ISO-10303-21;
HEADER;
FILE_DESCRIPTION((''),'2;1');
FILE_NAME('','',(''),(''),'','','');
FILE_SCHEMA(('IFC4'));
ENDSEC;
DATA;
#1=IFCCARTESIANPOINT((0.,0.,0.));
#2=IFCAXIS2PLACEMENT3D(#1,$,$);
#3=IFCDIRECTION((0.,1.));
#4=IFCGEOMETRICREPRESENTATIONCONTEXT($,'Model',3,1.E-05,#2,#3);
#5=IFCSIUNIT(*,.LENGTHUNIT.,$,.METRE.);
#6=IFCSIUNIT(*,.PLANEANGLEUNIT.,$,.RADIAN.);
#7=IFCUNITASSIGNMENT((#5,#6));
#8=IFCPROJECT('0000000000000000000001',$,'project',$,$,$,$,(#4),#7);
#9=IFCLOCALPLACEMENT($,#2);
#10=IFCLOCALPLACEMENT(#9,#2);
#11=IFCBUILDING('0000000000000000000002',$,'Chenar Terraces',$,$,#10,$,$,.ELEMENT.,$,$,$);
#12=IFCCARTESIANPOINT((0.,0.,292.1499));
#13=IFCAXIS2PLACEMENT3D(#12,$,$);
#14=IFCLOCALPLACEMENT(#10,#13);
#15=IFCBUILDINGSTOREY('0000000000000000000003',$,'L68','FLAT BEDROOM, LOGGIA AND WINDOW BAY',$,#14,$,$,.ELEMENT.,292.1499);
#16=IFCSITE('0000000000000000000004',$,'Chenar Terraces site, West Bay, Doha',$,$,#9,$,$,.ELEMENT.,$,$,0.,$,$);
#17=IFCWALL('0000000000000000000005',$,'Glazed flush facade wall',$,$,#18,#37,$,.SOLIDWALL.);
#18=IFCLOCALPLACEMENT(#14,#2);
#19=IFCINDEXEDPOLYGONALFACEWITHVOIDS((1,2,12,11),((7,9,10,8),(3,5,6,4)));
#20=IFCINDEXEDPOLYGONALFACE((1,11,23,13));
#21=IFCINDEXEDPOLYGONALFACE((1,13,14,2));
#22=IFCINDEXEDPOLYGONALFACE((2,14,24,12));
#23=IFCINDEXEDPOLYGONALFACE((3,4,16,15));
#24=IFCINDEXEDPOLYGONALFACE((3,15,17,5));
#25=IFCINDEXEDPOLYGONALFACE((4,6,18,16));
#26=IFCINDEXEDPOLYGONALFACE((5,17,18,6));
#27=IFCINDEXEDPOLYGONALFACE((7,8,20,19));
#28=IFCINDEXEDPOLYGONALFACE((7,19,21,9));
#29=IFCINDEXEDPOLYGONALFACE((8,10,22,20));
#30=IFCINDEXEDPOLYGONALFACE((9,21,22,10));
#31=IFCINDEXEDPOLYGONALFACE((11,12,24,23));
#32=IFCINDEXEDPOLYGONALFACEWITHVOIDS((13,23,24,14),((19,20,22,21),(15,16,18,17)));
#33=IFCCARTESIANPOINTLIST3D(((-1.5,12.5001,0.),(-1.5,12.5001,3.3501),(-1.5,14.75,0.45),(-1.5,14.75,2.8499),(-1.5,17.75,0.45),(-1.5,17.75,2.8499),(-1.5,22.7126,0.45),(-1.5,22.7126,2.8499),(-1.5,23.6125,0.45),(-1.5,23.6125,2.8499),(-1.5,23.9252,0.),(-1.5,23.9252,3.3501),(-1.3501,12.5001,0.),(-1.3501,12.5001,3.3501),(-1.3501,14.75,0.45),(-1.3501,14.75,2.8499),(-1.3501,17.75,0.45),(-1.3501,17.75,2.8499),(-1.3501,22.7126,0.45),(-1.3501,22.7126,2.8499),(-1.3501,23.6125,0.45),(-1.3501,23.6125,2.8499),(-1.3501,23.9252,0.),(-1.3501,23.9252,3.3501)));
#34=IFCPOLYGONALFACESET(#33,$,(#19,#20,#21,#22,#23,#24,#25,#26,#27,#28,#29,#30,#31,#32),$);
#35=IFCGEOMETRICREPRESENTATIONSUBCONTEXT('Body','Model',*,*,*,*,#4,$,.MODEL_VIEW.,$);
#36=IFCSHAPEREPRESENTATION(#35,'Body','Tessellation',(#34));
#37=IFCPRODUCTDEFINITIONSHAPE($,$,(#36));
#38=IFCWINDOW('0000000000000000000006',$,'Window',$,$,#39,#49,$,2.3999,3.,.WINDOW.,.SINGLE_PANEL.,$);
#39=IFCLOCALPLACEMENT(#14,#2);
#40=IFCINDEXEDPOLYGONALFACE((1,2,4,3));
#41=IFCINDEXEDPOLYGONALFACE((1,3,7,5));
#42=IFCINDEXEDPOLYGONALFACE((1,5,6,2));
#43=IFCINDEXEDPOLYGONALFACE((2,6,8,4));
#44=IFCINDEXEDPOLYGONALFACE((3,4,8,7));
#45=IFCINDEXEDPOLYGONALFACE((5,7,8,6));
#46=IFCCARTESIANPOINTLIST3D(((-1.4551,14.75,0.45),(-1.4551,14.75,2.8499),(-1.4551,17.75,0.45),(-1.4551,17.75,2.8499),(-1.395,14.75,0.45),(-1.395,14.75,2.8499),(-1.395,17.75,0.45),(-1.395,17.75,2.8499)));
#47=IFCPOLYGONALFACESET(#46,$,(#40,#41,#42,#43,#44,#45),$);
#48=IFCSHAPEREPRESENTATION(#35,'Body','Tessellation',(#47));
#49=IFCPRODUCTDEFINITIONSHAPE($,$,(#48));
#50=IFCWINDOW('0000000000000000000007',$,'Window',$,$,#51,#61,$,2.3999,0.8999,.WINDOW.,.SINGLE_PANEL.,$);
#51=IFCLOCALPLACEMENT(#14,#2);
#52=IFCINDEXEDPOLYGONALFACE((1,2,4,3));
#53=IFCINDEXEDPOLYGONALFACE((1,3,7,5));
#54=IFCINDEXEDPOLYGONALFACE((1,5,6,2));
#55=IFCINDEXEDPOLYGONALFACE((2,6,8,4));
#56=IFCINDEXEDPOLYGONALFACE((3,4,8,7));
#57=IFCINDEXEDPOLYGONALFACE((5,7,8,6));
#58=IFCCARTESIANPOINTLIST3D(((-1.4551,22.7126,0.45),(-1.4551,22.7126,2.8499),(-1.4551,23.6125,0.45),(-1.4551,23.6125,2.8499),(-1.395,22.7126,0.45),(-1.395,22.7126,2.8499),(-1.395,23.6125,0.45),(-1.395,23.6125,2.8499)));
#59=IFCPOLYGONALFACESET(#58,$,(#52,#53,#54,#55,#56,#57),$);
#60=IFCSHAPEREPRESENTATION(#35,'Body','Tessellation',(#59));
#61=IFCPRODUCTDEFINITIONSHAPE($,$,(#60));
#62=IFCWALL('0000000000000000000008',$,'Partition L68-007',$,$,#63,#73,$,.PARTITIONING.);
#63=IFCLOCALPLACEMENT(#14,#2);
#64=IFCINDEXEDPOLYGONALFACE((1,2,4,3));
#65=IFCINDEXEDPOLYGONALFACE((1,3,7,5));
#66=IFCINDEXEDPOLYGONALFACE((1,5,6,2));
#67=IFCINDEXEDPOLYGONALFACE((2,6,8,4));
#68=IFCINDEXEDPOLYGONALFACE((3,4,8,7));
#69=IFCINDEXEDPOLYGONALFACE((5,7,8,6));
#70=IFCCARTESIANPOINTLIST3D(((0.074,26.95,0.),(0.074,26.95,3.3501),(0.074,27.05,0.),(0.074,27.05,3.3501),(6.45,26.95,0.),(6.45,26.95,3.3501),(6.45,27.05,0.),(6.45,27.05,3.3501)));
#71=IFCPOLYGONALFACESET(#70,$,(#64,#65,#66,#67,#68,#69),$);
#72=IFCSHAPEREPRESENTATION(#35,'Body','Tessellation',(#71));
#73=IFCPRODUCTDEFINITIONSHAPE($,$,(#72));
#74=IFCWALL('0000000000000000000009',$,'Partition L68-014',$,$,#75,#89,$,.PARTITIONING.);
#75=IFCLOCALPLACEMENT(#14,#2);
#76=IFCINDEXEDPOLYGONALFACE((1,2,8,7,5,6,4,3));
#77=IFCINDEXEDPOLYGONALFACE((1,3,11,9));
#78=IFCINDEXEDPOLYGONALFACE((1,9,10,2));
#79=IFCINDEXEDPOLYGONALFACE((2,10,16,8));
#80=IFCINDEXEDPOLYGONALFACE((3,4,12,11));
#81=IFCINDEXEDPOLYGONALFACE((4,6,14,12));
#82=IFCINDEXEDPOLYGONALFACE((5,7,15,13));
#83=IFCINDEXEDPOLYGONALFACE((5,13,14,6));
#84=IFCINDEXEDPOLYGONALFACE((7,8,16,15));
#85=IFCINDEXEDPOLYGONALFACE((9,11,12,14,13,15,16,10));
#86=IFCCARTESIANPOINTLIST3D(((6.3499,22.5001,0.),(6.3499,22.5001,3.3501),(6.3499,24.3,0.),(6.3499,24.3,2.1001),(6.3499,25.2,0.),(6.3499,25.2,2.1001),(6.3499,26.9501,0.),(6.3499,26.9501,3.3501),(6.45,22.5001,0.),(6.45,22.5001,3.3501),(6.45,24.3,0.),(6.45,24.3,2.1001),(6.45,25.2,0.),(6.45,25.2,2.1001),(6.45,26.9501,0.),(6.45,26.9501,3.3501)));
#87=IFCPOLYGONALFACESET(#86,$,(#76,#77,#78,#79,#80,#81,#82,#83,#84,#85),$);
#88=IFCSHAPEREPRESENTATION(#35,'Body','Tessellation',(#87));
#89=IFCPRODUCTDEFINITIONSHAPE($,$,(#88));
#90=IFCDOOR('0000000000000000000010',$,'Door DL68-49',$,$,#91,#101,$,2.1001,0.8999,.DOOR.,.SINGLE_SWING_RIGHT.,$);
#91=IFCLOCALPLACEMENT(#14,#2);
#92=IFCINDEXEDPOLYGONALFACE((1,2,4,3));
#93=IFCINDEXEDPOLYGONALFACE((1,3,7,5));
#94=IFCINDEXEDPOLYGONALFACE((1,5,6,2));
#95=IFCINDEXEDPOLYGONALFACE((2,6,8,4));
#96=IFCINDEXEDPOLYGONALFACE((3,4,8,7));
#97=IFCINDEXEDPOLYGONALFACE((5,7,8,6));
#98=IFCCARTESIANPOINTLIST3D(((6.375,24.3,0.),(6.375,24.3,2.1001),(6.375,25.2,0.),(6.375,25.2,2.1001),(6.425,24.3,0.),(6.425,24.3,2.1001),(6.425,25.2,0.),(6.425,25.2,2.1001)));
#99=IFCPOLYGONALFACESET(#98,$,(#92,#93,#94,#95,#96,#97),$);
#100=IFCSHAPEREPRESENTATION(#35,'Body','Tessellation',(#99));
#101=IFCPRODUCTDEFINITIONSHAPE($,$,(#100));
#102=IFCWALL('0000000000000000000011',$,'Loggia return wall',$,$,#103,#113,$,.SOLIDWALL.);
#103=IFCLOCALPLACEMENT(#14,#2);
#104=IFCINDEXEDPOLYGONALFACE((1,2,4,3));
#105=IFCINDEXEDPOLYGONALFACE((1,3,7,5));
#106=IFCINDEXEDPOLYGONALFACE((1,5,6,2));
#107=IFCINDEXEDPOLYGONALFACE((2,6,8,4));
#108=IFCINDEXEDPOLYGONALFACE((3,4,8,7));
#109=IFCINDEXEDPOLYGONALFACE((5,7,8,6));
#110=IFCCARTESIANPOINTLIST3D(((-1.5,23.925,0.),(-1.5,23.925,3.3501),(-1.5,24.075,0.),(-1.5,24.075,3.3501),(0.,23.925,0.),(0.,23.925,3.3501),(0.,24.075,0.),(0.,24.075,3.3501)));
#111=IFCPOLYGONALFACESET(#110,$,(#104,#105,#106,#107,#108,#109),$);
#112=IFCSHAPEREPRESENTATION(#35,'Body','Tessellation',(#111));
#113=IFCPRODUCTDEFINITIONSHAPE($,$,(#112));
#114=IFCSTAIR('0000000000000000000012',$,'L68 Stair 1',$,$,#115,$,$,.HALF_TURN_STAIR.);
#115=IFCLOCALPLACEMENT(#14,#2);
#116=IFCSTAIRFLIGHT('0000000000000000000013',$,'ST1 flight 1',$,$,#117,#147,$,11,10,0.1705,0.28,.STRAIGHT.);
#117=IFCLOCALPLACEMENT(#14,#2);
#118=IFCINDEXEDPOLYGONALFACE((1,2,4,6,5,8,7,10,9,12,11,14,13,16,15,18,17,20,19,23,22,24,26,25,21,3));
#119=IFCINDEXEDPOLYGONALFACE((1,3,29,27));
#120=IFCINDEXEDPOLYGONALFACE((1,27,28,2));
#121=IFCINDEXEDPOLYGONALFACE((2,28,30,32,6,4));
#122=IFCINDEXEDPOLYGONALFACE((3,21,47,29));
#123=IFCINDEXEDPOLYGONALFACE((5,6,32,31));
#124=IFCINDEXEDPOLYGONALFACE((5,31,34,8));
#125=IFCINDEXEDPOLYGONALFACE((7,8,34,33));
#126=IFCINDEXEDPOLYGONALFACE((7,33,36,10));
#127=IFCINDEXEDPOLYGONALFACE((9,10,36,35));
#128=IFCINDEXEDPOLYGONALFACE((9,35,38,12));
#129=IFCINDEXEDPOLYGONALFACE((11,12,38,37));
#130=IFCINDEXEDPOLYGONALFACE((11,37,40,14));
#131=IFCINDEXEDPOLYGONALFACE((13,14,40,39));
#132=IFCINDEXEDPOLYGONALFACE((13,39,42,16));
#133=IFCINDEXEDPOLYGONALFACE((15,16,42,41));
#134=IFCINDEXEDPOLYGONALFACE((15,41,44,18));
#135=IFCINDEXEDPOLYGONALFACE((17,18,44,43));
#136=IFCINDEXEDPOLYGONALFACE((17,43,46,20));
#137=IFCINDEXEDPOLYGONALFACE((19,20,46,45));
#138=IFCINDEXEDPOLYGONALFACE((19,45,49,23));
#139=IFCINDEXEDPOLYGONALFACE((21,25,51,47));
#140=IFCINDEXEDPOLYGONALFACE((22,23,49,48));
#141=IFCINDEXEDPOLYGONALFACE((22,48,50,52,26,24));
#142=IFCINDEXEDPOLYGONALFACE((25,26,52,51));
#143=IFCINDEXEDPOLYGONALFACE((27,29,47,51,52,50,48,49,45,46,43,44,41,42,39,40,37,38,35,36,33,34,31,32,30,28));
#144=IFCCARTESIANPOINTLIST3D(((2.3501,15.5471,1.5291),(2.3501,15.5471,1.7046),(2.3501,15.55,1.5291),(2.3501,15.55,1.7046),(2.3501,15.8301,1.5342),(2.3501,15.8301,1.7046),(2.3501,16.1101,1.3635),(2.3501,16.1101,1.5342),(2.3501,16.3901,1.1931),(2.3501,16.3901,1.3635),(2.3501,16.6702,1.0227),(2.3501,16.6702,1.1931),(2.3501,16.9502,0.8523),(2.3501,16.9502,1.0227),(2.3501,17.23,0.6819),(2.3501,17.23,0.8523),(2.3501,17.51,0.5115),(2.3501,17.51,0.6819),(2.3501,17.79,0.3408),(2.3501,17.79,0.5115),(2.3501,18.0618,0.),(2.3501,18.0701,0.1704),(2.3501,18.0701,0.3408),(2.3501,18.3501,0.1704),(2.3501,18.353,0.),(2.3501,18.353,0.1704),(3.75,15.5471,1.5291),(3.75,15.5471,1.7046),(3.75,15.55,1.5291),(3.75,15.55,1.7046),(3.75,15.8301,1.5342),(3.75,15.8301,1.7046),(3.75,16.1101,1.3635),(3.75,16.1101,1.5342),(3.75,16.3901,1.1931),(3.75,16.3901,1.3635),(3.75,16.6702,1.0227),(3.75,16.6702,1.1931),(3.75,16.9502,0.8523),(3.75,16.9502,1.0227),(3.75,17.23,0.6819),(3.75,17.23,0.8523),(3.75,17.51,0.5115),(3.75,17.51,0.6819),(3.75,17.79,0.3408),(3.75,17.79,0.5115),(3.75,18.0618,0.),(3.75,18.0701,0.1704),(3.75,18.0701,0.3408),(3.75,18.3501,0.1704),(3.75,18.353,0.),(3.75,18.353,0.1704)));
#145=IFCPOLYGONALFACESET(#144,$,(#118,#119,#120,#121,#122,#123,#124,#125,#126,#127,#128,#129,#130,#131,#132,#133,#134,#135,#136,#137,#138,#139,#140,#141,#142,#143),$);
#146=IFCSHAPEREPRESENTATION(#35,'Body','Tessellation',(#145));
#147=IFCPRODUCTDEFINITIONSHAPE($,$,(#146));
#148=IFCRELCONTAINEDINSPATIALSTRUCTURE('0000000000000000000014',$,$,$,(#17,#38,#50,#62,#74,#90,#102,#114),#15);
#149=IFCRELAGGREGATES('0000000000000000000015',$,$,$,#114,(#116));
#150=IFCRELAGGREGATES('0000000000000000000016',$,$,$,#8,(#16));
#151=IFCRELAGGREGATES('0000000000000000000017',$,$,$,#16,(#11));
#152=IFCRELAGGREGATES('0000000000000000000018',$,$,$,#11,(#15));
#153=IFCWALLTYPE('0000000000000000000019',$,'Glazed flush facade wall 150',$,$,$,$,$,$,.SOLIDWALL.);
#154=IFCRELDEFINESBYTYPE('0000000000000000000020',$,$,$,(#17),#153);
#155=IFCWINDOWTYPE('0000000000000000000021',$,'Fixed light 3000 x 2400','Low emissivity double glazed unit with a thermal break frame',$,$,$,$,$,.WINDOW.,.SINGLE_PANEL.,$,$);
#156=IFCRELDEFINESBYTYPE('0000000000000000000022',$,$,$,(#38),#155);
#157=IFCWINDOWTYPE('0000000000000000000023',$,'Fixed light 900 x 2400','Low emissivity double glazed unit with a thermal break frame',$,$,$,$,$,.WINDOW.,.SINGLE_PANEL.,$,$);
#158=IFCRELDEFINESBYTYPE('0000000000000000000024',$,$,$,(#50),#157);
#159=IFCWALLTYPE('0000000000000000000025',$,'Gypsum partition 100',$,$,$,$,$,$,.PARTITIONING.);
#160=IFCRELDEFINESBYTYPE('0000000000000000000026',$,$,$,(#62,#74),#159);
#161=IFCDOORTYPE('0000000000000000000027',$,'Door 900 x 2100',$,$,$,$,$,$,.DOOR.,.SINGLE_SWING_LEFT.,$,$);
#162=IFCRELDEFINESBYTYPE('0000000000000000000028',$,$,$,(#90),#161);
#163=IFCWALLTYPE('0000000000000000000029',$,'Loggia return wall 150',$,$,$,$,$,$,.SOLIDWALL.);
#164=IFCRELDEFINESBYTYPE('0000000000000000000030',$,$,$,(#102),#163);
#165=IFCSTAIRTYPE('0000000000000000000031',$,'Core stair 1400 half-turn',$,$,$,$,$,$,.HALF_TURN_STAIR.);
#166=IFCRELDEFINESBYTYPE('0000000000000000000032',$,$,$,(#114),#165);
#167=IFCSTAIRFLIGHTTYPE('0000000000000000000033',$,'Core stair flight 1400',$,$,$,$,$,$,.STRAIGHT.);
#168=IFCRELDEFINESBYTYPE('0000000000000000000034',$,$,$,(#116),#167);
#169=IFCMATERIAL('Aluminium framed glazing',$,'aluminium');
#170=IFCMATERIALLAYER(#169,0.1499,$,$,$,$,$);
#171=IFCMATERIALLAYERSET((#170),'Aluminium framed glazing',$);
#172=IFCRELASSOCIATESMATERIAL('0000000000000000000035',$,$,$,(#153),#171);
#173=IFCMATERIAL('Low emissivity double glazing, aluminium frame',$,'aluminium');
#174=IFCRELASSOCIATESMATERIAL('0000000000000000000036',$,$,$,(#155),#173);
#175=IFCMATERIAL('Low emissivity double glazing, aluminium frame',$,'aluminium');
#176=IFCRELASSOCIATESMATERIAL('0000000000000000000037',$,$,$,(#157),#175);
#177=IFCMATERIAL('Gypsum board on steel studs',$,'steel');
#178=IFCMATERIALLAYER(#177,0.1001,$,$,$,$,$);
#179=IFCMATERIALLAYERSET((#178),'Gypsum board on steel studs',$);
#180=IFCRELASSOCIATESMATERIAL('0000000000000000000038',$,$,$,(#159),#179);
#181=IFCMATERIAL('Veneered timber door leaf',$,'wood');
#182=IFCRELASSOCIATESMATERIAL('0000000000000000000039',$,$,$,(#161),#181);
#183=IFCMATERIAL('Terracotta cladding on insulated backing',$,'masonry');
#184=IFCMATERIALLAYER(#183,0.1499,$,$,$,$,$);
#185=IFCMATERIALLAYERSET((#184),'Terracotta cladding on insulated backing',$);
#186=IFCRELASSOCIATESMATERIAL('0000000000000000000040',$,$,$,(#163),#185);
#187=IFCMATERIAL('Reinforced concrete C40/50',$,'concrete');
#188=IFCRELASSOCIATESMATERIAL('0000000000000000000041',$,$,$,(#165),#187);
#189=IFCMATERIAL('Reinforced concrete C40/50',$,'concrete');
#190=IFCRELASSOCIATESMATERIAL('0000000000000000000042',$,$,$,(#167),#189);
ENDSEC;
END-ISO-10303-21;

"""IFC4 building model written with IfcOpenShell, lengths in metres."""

from ifc_helpers import new_model, si_unit, direction, frame, frame_2d, origin, place, context, subcontext, project, spatial, polyline, rectangle, outline, extrude, material, layer, layer_set, type_object, element, fill, aggregate, save


model = new_model("IFC4")

# Units and contexts
model_context = context("Model", 3, precision=1e-05, world=origin(), true_north=direction((0.0, 1.0)))
body_context = subcontext(model_context, "Body", "Model", "MODEL_VIEW")
ifc_project = project(units=[si_unit("LENGTHUNIT", "METRE"), si_unit("PLANEANGLEUNIT", "RADIAN")], contexts=[model_context])

# Site, building, storey
site_placement = place(None, origin())
site = spatial("IfcSite", under=ifc_project, at=site_placement, Name="Chenar Terraces site, West Bay, Doha", CompositionType="ELEMENT", RefElevation=0.0)
building_placement = place(site_placement, origin())
building = spatial("IfcBuilding", under=site, at=building_placement, Name="Chenar Terraces", CompositionType="ELEMENT")
storey_placement = place(building_placement, frame((0.0, 0.0, 292.1499)))
storey = spatial("IfcBuildingStorey", under=building, at=storey_placement, Name="L68", Description="FLAT BEDROOM, LOGGIA AND WINDOW BAY", CompositionType="ELEMENT", Elevation=292.1499)

# Wall, openings, windows
ifc_material_1 = material(Name="Aluminium framed glazing", Category="aluminium")
ifc_layer_1 = layer(ifc_material_1, 0.1499)
ifc_layer_set_1 = layer_set([ifc_layer_1], Name="Aluminium framed glazing")
wall_type_1 = type_object("IfcWallType", Name="Glazed flush facade wall 150", PredefinedType="SOLIDWALL", material=ifc_layer_set_1)
wall_1_placement = place(storey_placement, frame((-1.425, 23.925, 0.0), z_axis=(0.0, 0.0, 1.0), x_axis=(0.0, -1.0, 0.0)))
wall_1 = element("IfcWall", 1, at=wall_1_placement, inside=storey, type_object=wall_type_1, Name="Glazed flush facade wall", PredefinedType="SOLIDWALL", context=body_context, shape_type="SweptSolid", body=[
    extrude(rectangle(XDim=11.425, YDim=0.1499, at=frame_2d((5.7124, 0.0))), origin(), (0.0, 0.0, 1.0), 3.3501),
])
opening_1_placement = place(wall_1_placement, frame((0.3125, 0.0, 0.45)))
opening_1 = element("IfcOpeningElement", 2, at=opening_1_placement, cuts=wall_1, PredefinedType="OPENING", context=body_context, shape_type="SweptSolid", body=[
    extrude(rectangle(XDim=0.8999, YDim=2.3999, at=frame_2d((0.45, 1.2))), frame((0.0, 0.085, 0.0), z_axis=(0.0, -1.0, 0.0), x_axis=(1.0, 0.0, 0.0)), (0.0, 0.0, 1.0), 0.1699),
])
opening_2_placement = place(wall_1_placement, frame((6.175, 0.0, 0.45)))
opening_2 = element("IfcOpeningElement", 3, at=opening_2_placement, cuts=wall_1, PredefinedType="OPENING", context=body_context, shape_type="SweptSolid", body=[
    extrude(rectangle(XDim=3.0, YDim=2.3999, at=frame_2d((1.5, 1.2))), frame((0.0, 0.085, 0.0), z_axis=(0.0, -1.0, 0.0), x_axis=(1.0, 0.0, 0.0)), (0.0, 0.0, 1.0), 0.1699),
])
ifc_material_2 = material(Name="Low emissivity double glazing, aluminium frame", Category="aluminium")
window_type_1 = type_object("IfcWindowType", Name="Fixed light 3000 x 2400", Description="Low emissivity double glazed unit with a thermal break frame", PartitioningType="SINGLE_PANEL", PredefinedType="WINDOW", material=ifc_material_2)
window_1_placement = place(opening_2_placement, origin())
window_1 = element("IfcWindow", 4, at=window_1_placement, inside=storey, type_object=window_type_1, Name="Window", OverallHeight=2.3999, OverallWidth=3.0, PartitioningType="SINGLE_PANEL", PredefinedType="WINDOW", context=body_context, shape_type="SweptSolid", body=[
    extrude(rectangle(XDim=3.0, YDim=2.3999, at=frame_2d((1.5, 1.2))), frame((0.0, 0.03, 0.0), z_axis=(0.0, -1.0, 0.0), x_axis=(1.0, 0.0, 0.0)), (0.0, 0.0, 1.0), 0.0601),
])
fill(opening_2, window_1)
ifc_material_3 = material(Name="Low emissivity double glazing, aluminium frame", Category="aluminium")
window_type_2 = type_object("IfcWindowType", Name="Fixed light 900 x 2400", Description="Low emissivity double glazed unit with a thermal break frame", PartitioningType="SINGLE_PANEL", PredefinedType="WINDOW", material=ifc_material_3)
window_2_placement = place(opening_1_placement, origin())
window_2 = element("IfcWindow", 5, at=window_2_placement, inside=storey, type_object=window_type_2, Name="Window", OverallHeight=2.3999, OverallWidth=0.8999, PartitioningType="SINGLE_PANEL", PredefinedType="WINDOW", context=body_context, shape_type="SweptSolid", body=[
    extrude(rectangle(XDim=0.8999, YDim=2.3999, at=frame_2d((0.45, 1.2))), frame((0.0, 0.03, 0.0), z_axis=(0.0, -1.0, 0.0), x_axis=(1.0, 0.0, 0.0)), (0.0, 0.0, 1.0), 0.0601),
])
fill(opening_1, window_2)

# Wall
ifc_material_4 = material(Name="Gypsum board on steel studs", Category="steel")
ifc_layer_2 = layer(ifc_material_4, 0.1001)
ifc_layer_set_2 = layer_set([ifc_layer_2], Name="Gypsum board on steel studs")
wall_type_2 = type_object("IfcWallType", Name="Gypsum partition 100", PredefinedType="PARTITIONING", material=ifc_layer_set_2)
wall_2_placement = place(storey_placement, frame((0.074, 27.0, 0.0), z_axis=(0.0, 0.0, 1.0), x_axis=(1.0, 0.0, 0.0)))
element("IfcWall", 6, at=wall_2_placement, inside=storey, type_object=wall_type_2, Name="Partition L68-007", PredefinedType="PARTITIONING", context=body_context, shape_type="SweptSolid", body=[
    extrude(rectangle(XDim=6.376, YDim=0.1001, at=frame_2d((3.188, 0.0))), origin(), (0.0, 0.0, 1.0), 3.3501),
])

# Wall, opening, door
wall_3_placement = place(storey_placement, frame((6.3999, 22.5, 0.0), z_axis=(0.0, 0.0, 1.0), x_axis=(0.0, 1.0, 0.0)))
wall_3 = element("IfcWall", 7, at=wall_3_placement, inside=storey, type_object=wall_type_2, Name="Partition L68-014", PredefinedType="PARTITIONING", context=body_context, shape_type="SweptSolid", body=[
    extrude(rectangle(XDim=4.45, YDim=0.1001, at=frame_2d((2.2251, 0.0))), origin(), (0.0, 0.0, 1.0), 3.3501),
])
opening_3_placement = place(wall_3_placement, frame((1.8, 0.0, 0.0)))
opening_3 = element("IfcOpeningElement", 8, at=opening_3_placement, cuts=wall_3, PredefinedType="OPENING", context=body_context, shape_type="SweptSolid", body=[
    extrude(rectangle(XDim=0.8999, YDim=2.1001, at=frame_2d((0.45, 1.05))), frame((0.0, 0.0601, 0.0), z_axis=(0.0, -1.0, 0.0), x_axis=(1.0, 0.0, 0.0)), (0.0, 0.0, 1.0), 0.1201),
])
ifc_material_5 = material(Name="Veneered timber door leaf", Category="wood")
door_type_1 = type_object("IfcDoorType", Name="Door 900 x 2100", OperationType="SINGLE_SWING_LEFT", PredefinedType="DOOR", material=ifc_material_5)
door_1_placement = place(opening_3_placement, origin())
door_1 = element("IfcDoor", 9, at=door_1_placement, inside=storey, type_object=door_type_1, Name="Door DL68-49", OperationType="SINGLE_SWING_RIGHT", OverallHeight=2.1001, OverallWidth=0.8999, PredefinedType="DOOR", context=body_context, shape_type="SweptSolid", body=[
    extrude(rectangle(XDim=0.8999, YDim=2.1001, at=frame_2d((0.45, 1.05))), frame((0.0, 0.0249, 0.0), z_axis=(0.0, -1.0, 0.0), x_axis=(1.0, 0.0, 0.0)), (0.0, 0.0, 1.0), 0.05),
])
fill(opening_3, door_1)

# Wall
ifc_material_6 = material(Name="Terracotta cladding on insulated backing", Category="masonry")
ifc_layer_3 = layer(ifc_material_6, 0.1499)
ifc_layer_set_3 = layer_set([ifc_layer_3], Name="Terracotta cladding on insulated backing")
wall_type_3 = type_object("IfcWallType", Name="Loggia return wall 150", PredefinedType="SOLIDWALL", material=ifc_layer_set_3)
wall_4_placement = place(storey_placement, frame((-1.5, 24.0, 0.0), z_axis=(0.0, 0.0, 1.0), x_axis=(1.0, 0.0, 0.0)))
element("IfcWall", 10, at=wall_4_placement, inside=storey, type_object=wall_type_3, Name="Loggia return wall", PredefinedType="SOLIDWALL", context=body_context, shape_type="SweptSolid", body=[
    extrude(rectangle(XDim=1.5, YDim=0.1499, at=frame_2d((0.75, 0.0))), origin(), (0.0, 0.0, 1.0), 3.3501),
])

# Stair, stair flight
ifc_material_7 = material(Name="Reinforced concrete C40/50", Category="concrete")
stair_type = type_object("IfcStairType", Name="Core stair 1400 half-turn", PredefinedType="HALF_TURN_STAIR", material=ifc_material_7)
stair_placement = place(storey_placement, origin())
stair = element("IfcStair", 11, at=stair_placement, inside=storey, type_object=stair_type, Name="L68 Stair 1", PredefinedType="HALF_TURN_STAIR")
ifc_material_8 = material(Name="Reinforced concrete C40/50", Category="concrete")
stair_flight_type = type_object("IfcStairFlightType", Name="Core stair flight 1400", PredefinedType="STRAIGHT", material=ifc_material_8)
stair_flight_1_placement = place(storey_placement, frame((3.05, 18.3501, 0.0), z_axis=(0.0, 0.0, 1.0), x_axis=(0.0, -1.0, 0.0)))
stair_flight_1 = element("IfcStairFlight", 12, at=stair_flight_1_placement, type_object=stair_flight_type, Name="ST1 flight 1", NumberOfRisers=11, NumberOfTreads=10, PredefinedType="STRAIGHT", RiserHeight=0.1705, TreadLength=0.28, context=body_context, shape_type="SweptSolid", body=[
    extrude(outline(polyline([(-0.0029, 0.0), (-0.0029, 0.1704), (0.0, 0.1704), (0.28, 0.1704), (0.28, 0.3408), (0.5601, 0.3408), (0.5601, 0.5115), (0.8401, 0.5115), (0.8401, 0.6819), (1.1201, 0.6819), (1.1201, 0.8523), (1.3999, 0.8523), (1.3999, 1.0227), (1.6799, 1.0227), (1.6799, 1.1931), (1.96, 1.1931), (1.96, 1.3635), (2.24, 1.3635), (2.24, 1.5342), (2.52, 1.5342), (2.52, 1.7046), (2.8, 1.7046), (2.803, 1.7046), (2.803, 1.5291), (2.8, 1.5291), (0.2883, 0.0), (-0.0029, 0.0)])), frame((0.0, 0.7, 0.0), z_axis=(0.0, -1.0, 0.0), x_axis=(1.0, 0.0, 0.0)), (0.0, 0.0, 1.0), 1.3999),
])
aggregate(stair, [stair_flight_1])

save(model, "model.ifc")
